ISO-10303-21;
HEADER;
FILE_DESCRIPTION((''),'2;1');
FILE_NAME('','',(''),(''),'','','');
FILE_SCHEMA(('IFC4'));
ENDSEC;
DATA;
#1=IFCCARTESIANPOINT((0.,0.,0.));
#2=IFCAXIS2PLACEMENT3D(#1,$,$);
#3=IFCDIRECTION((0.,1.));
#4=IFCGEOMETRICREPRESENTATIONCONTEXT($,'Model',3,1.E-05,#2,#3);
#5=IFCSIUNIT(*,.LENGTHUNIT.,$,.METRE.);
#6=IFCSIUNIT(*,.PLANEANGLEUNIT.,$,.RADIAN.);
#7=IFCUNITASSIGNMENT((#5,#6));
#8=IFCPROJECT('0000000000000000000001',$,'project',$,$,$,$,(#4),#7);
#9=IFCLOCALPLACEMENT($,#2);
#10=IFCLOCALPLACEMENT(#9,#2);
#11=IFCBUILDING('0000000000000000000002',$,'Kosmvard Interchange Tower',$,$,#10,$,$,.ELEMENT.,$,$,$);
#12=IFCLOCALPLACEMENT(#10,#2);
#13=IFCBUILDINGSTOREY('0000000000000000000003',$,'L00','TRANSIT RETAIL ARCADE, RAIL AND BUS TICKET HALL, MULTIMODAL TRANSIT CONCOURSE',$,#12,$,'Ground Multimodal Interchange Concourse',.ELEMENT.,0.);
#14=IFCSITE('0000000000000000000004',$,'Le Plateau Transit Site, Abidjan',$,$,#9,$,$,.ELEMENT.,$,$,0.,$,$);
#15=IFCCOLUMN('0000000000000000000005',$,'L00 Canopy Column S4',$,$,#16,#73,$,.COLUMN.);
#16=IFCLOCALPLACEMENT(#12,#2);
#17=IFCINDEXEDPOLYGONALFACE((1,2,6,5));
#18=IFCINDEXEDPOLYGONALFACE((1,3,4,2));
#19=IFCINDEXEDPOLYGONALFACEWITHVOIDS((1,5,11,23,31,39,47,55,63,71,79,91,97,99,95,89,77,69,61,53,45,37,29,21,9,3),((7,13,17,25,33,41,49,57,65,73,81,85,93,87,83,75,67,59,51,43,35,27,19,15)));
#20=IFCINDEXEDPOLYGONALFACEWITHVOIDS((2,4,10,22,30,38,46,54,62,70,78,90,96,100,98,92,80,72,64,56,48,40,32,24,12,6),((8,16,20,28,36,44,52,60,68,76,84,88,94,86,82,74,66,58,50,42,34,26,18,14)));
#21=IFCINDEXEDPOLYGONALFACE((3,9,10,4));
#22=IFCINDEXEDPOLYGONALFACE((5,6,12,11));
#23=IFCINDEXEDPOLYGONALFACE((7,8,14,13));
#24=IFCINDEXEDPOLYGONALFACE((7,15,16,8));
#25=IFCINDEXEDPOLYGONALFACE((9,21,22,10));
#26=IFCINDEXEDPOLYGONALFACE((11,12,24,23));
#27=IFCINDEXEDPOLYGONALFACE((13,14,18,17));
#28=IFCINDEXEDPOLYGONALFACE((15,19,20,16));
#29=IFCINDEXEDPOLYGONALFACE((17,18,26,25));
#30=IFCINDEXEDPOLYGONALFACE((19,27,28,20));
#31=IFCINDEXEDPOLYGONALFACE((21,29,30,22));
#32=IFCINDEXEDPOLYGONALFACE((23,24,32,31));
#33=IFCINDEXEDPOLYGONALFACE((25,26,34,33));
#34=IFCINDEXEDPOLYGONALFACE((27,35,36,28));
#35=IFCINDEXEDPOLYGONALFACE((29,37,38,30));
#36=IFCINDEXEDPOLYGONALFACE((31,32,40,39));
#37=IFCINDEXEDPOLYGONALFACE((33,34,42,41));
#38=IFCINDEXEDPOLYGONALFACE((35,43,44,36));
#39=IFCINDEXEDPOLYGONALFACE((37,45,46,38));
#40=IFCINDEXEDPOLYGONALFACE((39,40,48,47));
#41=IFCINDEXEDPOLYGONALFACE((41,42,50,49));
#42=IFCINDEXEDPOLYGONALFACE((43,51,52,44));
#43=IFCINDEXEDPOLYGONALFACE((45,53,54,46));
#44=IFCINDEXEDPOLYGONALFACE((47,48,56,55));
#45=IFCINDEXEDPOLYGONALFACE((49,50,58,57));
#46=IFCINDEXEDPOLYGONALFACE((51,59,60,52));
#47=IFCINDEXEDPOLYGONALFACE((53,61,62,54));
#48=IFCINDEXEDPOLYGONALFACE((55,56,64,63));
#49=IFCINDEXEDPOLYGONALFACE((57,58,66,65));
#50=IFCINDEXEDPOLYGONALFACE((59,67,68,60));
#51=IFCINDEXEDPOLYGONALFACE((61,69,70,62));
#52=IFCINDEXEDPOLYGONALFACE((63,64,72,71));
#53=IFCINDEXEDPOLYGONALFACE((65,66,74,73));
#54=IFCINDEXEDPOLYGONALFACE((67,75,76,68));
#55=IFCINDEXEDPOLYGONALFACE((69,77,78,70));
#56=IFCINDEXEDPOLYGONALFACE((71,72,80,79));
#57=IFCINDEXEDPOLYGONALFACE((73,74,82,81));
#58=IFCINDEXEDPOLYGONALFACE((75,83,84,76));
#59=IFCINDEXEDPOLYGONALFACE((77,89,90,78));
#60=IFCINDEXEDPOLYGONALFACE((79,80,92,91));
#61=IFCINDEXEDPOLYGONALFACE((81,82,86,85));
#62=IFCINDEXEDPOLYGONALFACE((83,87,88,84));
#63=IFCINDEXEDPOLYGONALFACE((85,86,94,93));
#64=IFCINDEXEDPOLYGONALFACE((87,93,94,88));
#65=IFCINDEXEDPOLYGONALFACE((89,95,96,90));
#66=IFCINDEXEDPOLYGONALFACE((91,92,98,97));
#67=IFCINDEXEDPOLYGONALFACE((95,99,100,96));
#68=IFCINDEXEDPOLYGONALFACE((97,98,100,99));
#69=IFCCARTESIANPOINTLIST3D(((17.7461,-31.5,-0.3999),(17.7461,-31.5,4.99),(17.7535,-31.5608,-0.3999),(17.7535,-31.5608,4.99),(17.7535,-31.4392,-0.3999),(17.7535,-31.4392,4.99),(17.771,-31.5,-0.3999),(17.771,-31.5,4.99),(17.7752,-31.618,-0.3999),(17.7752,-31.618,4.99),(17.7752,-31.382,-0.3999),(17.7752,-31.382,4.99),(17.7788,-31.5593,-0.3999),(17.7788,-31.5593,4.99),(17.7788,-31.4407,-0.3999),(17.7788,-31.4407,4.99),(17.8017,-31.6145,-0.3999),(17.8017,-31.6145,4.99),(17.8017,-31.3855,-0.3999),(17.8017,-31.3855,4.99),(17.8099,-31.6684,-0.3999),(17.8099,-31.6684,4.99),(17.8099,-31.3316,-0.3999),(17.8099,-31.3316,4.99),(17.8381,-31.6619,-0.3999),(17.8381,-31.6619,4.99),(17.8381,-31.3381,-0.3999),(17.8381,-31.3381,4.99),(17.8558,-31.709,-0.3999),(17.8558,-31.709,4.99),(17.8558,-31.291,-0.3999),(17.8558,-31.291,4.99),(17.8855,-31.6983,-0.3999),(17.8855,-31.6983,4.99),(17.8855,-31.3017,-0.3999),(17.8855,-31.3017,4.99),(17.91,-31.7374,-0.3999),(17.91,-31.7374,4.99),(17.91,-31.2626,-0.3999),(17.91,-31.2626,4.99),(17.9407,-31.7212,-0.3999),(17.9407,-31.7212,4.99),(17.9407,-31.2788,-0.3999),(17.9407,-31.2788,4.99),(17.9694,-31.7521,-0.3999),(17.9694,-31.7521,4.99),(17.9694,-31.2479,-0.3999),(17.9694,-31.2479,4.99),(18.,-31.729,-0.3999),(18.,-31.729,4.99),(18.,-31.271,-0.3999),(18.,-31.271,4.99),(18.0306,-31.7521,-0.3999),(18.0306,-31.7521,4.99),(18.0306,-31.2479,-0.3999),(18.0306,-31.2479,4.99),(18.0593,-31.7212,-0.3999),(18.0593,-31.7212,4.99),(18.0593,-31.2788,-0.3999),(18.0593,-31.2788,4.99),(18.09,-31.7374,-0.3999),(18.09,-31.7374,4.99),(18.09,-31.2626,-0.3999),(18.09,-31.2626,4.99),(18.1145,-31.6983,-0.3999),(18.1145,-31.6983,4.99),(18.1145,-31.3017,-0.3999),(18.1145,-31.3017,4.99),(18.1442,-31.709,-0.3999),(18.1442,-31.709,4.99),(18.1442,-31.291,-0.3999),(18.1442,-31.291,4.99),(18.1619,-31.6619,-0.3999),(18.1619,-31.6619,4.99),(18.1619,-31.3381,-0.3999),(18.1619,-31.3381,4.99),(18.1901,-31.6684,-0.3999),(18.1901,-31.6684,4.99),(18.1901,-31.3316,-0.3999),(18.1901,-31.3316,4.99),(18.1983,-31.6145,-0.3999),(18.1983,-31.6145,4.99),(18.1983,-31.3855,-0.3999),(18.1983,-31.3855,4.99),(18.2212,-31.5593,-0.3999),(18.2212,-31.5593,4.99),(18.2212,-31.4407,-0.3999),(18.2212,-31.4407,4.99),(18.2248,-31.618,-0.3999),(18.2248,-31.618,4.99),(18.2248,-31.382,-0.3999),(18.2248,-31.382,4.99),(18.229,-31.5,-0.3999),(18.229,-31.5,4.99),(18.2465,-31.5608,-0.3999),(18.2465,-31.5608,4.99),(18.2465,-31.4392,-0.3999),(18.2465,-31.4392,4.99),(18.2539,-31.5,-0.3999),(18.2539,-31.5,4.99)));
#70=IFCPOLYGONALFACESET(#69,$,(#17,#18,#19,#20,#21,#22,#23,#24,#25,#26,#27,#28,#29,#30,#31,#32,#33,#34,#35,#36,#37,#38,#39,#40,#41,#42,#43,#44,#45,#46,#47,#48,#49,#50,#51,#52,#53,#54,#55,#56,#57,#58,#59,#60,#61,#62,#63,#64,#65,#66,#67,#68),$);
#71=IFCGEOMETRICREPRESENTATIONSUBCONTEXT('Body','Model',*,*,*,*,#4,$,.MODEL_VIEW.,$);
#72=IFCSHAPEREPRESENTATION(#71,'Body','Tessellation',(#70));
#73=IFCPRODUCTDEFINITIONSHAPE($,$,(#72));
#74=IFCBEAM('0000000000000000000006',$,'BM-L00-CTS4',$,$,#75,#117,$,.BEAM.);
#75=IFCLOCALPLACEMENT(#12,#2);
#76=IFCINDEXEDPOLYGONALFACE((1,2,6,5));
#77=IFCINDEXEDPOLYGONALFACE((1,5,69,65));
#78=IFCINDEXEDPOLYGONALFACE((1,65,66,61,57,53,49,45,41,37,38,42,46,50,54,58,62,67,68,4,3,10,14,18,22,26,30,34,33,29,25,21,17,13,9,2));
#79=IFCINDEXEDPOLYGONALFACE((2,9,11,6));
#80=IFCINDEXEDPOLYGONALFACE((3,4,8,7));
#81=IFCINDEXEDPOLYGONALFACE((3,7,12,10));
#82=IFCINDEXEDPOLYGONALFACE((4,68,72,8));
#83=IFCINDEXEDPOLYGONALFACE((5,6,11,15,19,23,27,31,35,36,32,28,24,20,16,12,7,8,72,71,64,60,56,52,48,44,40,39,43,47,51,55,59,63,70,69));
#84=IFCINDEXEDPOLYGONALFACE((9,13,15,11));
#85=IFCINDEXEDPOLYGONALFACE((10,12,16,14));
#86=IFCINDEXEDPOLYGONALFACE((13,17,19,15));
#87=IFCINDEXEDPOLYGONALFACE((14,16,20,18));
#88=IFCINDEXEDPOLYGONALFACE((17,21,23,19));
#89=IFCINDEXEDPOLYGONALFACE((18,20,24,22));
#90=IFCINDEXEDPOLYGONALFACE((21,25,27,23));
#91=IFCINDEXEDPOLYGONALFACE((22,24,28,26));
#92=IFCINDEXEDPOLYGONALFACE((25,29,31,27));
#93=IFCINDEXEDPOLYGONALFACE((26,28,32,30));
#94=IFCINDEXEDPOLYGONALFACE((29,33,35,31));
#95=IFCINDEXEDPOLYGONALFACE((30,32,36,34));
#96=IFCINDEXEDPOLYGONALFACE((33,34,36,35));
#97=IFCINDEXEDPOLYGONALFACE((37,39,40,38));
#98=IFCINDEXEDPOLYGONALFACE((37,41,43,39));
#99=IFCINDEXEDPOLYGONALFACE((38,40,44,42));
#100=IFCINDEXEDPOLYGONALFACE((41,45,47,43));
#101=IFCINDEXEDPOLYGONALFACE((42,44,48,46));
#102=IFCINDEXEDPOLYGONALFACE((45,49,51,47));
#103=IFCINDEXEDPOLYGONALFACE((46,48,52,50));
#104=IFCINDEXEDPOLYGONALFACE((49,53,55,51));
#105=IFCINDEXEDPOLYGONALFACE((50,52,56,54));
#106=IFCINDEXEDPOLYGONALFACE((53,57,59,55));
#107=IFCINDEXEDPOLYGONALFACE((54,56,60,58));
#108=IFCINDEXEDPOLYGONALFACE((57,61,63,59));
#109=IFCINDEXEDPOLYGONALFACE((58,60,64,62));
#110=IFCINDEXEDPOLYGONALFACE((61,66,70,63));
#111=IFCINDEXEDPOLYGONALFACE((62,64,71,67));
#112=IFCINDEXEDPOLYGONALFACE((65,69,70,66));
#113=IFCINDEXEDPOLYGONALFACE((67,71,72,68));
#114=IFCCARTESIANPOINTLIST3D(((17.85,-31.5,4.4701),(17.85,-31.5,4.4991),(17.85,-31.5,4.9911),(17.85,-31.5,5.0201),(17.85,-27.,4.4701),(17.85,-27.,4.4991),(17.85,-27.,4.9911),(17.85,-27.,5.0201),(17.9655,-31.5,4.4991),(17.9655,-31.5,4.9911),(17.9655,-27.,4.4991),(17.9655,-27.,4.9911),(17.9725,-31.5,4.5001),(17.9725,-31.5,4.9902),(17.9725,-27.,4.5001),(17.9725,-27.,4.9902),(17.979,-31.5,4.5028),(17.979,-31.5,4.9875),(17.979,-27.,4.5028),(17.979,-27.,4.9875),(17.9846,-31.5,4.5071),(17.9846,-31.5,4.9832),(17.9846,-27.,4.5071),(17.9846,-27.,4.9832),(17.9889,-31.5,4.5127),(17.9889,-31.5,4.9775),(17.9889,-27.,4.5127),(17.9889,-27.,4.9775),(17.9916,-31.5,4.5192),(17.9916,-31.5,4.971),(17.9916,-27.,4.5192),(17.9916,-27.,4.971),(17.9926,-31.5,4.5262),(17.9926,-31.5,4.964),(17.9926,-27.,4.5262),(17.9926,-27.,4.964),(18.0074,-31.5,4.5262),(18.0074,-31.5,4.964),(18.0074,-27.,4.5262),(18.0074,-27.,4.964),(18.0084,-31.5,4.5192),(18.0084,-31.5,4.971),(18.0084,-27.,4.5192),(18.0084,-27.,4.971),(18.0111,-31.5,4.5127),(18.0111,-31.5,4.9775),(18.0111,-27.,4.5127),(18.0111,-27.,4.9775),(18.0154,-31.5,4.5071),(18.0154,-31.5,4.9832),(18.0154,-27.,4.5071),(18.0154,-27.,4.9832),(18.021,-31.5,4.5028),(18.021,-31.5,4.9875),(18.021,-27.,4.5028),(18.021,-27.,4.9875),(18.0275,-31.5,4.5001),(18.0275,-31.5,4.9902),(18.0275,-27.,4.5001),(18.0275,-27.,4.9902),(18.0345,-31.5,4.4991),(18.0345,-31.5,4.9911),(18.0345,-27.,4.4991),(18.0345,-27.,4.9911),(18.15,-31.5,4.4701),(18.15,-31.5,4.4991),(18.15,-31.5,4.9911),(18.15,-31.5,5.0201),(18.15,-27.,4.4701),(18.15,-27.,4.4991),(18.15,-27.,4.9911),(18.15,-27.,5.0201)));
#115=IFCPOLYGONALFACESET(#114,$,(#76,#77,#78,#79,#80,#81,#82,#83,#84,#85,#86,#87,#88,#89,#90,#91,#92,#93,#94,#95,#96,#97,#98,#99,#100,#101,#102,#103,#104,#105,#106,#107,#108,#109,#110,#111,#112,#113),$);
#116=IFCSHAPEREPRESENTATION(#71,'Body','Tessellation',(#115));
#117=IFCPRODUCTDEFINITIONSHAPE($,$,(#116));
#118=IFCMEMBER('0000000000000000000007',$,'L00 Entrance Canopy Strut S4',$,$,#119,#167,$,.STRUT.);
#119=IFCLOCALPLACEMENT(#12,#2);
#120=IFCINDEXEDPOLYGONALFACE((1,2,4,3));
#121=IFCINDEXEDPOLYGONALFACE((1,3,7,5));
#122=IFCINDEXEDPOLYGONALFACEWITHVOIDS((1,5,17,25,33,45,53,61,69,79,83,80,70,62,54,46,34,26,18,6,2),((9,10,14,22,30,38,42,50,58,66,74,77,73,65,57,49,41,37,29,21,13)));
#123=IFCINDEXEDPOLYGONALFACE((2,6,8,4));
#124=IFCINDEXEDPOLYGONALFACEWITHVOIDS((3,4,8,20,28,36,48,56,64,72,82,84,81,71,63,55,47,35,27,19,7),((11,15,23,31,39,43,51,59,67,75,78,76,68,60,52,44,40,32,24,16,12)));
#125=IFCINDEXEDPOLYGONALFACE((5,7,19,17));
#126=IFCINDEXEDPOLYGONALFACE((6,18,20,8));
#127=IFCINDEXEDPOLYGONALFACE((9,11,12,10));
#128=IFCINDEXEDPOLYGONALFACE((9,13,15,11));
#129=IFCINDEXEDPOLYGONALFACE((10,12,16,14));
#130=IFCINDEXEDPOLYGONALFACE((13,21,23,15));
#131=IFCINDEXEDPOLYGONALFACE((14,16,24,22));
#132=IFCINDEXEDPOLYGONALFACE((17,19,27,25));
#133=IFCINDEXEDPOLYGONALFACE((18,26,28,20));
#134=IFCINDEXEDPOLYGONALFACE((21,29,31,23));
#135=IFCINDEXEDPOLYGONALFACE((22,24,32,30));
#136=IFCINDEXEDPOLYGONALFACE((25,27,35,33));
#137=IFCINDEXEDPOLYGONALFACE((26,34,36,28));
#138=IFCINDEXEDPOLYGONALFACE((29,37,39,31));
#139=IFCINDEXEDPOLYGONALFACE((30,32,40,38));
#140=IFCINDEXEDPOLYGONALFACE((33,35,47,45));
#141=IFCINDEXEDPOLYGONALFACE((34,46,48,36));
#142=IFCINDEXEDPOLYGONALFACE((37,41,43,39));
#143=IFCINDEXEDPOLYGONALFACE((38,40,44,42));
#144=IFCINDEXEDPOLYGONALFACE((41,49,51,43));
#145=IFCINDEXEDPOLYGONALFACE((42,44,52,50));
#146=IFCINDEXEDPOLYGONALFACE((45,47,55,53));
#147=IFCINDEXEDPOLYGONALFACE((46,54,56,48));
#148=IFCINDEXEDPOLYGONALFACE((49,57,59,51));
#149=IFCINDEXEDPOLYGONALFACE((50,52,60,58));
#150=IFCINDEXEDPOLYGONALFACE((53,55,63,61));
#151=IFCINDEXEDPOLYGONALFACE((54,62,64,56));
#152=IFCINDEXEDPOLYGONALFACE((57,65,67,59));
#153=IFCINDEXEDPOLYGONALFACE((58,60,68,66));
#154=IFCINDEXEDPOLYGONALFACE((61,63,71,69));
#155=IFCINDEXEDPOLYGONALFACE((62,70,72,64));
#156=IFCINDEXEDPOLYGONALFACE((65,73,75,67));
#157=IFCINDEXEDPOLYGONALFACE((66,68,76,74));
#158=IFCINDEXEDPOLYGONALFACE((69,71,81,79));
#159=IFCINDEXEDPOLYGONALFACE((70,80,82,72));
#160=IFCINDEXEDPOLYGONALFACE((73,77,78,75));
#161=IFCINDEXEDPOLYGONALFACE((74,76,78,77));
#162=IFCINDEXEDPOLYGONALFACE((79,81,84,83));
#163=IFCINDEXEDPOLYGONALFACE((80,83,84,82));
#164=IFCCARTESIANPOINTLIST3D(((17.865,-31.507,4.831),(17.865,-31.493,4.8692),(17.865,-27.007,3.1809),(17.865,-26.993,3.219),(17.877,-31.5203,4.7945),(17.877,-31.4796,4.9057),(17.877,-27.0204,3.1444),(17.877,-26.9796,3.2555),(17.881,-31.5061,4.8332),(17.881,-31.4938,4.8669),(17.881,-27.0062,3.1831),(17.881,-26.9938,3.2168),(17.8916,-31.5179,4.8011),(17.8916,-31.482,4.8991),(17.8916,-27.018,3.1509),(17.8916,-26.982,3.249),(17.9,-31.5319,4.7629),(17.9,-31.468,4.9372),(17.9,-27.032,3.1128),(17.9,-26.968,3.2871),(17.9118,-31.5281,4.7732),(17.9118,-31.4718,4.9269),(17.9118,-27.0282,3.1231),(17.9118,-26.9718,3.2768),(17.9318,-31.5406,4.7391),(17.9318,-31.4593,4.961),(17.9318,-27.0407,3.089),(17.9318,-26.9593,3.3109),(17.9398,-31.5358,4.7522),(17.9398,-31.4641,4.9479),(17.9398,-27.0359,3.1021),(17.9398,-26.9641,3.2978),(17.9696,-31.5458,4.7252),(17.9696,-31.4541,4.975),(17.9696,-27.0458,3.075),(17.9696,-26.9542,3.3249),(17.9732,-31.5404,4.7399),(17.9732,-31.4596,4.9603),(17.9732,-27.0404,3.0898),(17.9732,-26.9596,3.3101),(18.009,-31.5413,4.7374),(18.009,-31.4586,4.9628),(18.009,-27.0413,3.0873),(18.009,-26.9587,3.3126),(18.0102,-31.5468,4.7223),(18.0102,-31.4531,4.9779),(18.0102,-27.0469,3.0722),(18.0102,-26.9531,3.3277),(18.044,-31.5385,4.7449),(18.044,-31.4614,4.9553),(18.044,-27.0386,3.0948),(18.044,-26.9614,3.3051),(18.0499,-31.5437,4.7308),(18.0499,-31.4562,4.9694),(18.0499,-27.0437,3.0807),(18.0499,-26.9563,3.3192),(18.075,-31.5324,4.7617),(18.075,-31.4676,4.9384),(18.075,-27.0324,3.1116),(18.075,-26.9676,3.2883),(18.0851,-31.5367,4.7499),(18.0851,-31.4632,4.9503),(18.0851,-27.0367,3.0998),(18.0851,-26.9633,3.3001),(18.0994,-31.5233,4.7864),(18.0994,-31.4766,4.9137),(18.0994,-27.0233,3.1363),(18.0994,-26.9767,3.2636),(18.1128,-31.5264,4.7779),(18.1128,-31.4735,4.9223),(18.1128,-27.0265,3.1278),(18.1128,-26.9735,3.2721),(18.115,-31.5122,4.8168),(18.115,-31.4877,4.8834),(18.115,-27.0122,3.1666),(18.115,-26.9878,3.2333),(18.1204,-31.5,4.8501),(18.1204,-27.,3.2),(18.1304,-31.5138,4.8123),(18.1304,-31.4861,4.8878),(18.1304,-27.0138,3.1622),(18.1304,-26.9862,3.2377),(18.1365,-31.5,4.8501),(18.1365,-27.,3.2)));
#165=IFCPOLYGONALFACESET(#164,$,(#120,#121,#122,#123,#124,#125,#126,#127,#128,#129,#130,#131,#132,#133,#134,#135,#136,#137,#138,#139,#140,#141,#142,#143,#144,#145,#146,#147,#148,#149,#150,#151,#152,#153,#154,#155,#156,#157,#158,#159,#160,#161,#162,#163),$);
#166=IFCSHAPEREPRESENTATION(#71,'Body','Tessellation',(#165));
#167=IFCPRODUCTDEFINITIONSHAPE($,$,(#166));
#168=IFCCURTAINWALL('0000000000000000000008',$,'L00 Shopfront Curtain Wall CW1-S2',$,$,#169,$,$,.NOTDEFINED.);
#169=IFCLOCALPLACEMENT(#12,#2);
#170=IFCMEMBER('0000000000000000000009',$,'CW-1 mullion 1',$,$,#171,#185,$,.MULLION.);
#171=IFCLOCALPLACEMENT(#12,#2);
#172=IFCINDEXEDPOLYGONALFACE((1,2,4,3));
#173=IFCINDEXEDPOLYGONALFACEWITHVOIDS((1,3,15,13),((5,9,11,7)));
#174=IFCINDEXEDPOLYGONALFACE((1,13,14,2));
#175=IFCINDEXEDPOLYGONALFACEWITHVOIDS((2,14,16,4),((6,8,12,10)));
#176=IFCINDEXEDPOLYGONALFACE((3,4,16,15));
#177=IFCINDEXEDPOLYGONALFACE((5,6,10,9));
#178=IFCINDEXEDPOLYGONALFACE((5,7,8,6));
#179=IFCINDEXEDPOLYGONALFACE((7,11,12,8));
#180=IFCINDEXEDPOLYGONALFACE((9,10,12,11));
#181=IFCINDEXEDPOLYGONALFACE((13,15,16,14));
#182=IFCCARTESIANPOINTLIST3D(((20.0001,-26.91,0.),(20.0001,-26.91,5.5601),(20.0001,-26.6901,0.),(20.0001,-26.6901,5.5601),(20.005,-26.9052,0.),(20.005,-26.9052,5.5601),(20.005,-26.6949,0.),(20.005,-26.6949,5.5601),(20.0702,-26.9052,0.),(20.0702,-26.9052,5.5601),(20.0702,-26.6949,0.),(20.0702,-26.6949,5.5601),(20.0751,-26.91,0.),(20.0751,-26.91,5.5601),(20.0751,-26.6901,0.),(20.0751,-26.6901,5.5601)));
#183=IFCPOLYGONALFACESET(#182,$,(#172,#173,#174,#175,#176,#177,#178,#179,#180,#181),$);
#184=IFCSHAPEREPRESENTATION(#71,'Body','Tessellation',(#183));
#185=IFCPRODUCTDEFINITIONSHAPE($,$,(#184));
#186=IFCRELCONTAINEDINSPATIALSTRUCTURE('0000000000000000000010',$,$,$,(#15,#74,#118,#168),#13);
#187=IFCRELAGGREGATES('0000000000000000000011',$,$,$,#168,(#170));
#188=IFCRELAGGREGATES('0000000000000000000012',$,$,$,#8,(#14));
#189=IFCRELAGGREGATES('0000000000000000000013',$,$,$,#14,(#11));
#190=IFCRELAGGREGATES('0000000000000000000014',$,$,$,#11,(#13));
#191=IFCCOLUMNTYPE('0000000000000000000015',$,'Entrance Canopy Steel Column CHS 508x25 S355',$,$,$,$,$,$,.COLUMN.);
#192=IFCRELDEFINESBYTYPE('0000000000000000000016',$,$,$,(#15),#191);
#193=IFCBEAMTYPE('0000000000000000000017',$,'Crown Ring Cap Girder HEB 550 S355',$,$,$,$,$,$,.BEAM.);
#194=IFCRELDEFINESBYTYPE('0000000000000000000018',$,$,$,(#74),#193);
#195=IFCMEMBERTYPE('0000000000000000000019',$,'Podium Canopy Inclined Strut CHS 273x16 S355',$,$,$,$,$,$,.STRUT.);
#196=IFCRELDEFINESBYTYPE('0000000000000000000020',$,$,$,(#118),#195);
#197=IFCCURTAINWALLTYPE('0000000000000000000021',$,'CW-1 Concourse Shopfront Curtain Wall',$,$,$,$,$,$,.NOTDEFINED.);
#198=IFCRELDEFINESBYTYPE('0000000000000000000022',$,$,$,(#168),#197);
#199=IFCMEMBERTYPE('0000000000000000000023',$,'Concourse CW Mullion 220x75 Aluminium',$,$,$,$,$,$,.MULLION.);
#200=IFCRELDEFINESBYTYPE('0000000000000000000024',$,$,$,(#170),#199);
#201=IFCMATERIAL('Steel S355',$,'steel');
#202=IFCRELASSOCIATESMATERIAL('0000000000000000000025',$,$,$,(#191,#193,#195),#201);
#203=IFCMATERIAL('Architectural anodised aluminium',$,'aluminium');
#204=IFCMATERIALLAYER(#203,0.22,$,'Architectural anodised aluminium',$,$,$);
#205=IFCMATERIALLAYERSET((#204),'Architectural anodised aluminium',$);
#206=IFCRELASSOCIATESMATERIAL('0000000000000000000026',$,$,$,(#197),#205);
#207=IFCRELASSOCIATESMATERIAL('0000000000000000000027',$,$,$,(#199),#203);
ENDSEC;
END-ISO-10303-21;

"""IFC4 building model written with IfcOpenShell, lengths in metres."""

from ifc_helpers import new_model, si_unit, direction, frame, origin, origin_2d, place, context, subcontext, project, spatial, hollow_rectangle, hollow_circle, i_section, extrude, source, transform, mapped, material, layer, layer_set, material_profile, profile_set, type_object, element, aggregate, save


model = new_model("IFC4")

# Units and contexts
model_context = context("Model", 3, precision=1e-05, world=origin(), true_north=direction((0.0, 1.0)))
body_context = subcontext(model_context, "Body", "Model", "MODEL_VIEW")
ifc_project = project(units=[si_unit("LENGTHUNIT", "METRE"), si_unit("PLANEANGLEUNIT", "RADIAN")], contexts=[model_context])

# Site, building, storey
site_placement = place(None, origin())
site = spatial("IfcSite", under=ifc_project, at=site_placement, Name="Le Plateau Transit Site, Abidjan", CompositionType="ELEMENT", RefElevation=0.0)
building_placement = place(site_placement, origin())
building = spatial("IfcBuilding", under=site, at=building_placement, Name="Kosmvard Interchange Tower", CompositionType="ELEMENT")
storey_placement = place(building_placement, origin())
storey = spatial("IfcBuildingStorey", under=building, at=storey_placement, Name="L00", Description="TRANSIT RETAIL ARCADE, RAIL AND BUS TICKET HALL, MULTIMODAL TRANSIT CONCOURSE", LongName="Ground Multimodal Interchange Concourse", CompositionType="ELEMENT", Elevation=0.0)

# Column
ifc_material_1 = material(Name="Steel S355", Category="steel")
ifc_material_profile_1 = material_profile(ifc_material_1, hollow_circle(Radius=0.2539, WallThickness=0.0249, at=origin_2d()), Name="CHS 508x25")
ifc_profile_set_1 = profile_set([ifc_material_profile_1], Name="Steel S355")
column_type = type_object("IfcColumnType", Name="Entrance Canopy Steel Column CHS 508x25 S355", PredefinedType="COLUMN", material=ifc_profile_set_1)
shared_shape_1 = source(origin(), body_context, "Body", "SweptSolid", [
    extrude(hollow_circle(Radius=0.2539, WallThickness=0.0249, at=origin_2d()), origin(), (0.0, 0.0, 1.0), 5.3899),
])
column_placement = place(storey_placement, frame((18.0, -31.5, -0.3999), z_axis=(0.0, 0.0, 1.0), x_axis=(1.0, 0.0, 0.0)))
element("IfcColumn", 1, at=column_placement, inside=storey, type_object=column_type, Name="L00 Canopy Column S4", PredefinedType="COLUMN", context=body_context, shape_type="MappedRepresentation", body=[
    mapped(shared_shape_1, transform((0.0, 0.0, 0.0), scale=1.0)),
])

# Beam
ifc_material_profile_2 = material_profile(ifc_material_1, i_section(OverallWidth=0.3, OverallDepth=0.55, WebThickness=0.0149, FlangeThickness=0.0291, FilletRadius=0.0271, at=origin_2d()), Name="HEB 550")
ifc_profile_set_2 = profile_set([ifc_material_profile_2], Name="Steel S355")
beam_type = type_object("IfcBeamType", Name="Crown Ring Cap Girder HEB 550 S355", PredefinedType="BEAM", material=ifc_profile_set_2)
shared_shape_2 = source(origin(), body_context, "Body", "SweptSolid", [
    extrude(i_section(OverallWidth=0.3, OverallDepth=0.55, WebThickness=0.0149, FlangeThickness=0.0291, FilletRadius=0.0271, at=origin_2d()), origin(), (0.0, 0.0, 1.0), 4.5),
])
beam_placement = place(storey_placement, frame((18.0, -27.0, 4.7451), z_axis=(0.0, -1.0, 0.0), x_axis=(1.0, 0.0, 0.0)))
element("IfcBeam", 2, at=beam_placement, inside=storey, type_object=beam_type, Name="BM-L00-CTS4", PredefinedType="BEAM", context=body_context, shape_type="MappedRepresentation", body=[
    mapped(shared_shape_2, transform((0.0, 0.0, 0.0), scale=1.0)),
])

# Member
ifc_material_profile_3 = material_profile(ifc_material_1, hollow_circle(Radius=0.1365, WallThickness=0.0161, at=origin_2d()), Name="CHS 273x16")
ifc_profile_set_3 = profile_set([ifc_material_profile_3], Name="Steel S355")
member_type_1 = type_object("IfcMemberType", Name="Podium Canopy Inclined Strut CHS 273x16 S355", PredefinedType="STRUT", material=ifc_profile_set_3)
shared_shape_3 = source(origin(), body_context, "Body", "SweptSolid", [
    extrude(hollow_circle(Radius=0.1365, WallThickness=0.0161, at=origin_2d()), origin(), (0.0, 0.0, 1.0), 4.793),
])
member_1_placement = place(storey_placement, frame((18.0, -27.0, 3.2), z_axis=(0.0, -0.938866, 0.344282), x_axis=(1.0, 0.0, 0.0)))
element("IfcMember", 3, at=member_1_placement, inside=storey, type_object=member_type_1, Name="L00 Entrance Canopy Strut S4", PredefinedType="STRUT", context=body_context, shape_type="MappedRepresentation", body=[
    mapped(shared_shape_3, transform((0.0, 0.0, 0.0), scale=1.0)),
])

# Curtain wall, member
ifc_material_2 = material(Name="Architectural anodised aluminium", Category="aluminium")
ifc_layer_1 = layer(ifc_material_2, 0.22, Name="Architectural anodised aluminium")
ifc_layer_set_1 = layer_set([ifc_layer_1], Name="Architectural anodised aluminium")
curtain_wall_type = type_object("IfcCurtainWallType", Name="CW-1 Concourse Shopfront Curtain Wall", PredefinedType="NOTDEFINED", material=ifc_layer_set_1)
curtain_wall_placement = place(storey_placement, origin())
curtain_wall = element("IfcCurtainWall", 4, at=curtain_wall_placement, inside=storey, type_object=curtain_wall_type, Name="L00 Shopfront Curtain Wall CW1-S2", PredefinedType="NOTDEFINED")
ifc_material_profile_4 = material_profile(ifc_material_2, hollow_rectangle(XDim=0.22, YDim=0.075, WallThickness=0.0049, at=origin_2d()), Name="CWM 220x75x5")
ifc_profile_set_4 = profile_set([ifc_material_profile_4], Name="Architectural anodised aluminium")
member_type_2 = type_object("IfcMemberType", Name="Concourse CW Mullion 220x75 Aluminium", PredefinedType="MULLION", material=ifc_profile_set_4)
shared_shape_4 = source(origin(), body_context, "Body", "SweptSolid", [
    extrude(hollow_rectangle(XDim=0.22, YDim=0.075, WallThickness=0.0049, at=origin_2d()), origin(), (0.0, 0.0, 1.0), 5.5601),
])
member_2_placement = place(storey_placement, frame((20.0376, -26.8, 0.0), z_axis=(0.0, 0.0, 1.0), x_axis=(0.0, 1.0, 0.0)))
member_2 = element("IfcMember", 5, at=member_2_placement, type_object=member_type_2, Name="CW-1 mullion 1", PredefinedType="MULLION", context=body_context, shape_type="MappedRepresentation", body=[
    mapped(shared_shape_4, transform((0.0, 0.0, 0.0), scale=1.0)),
])

aggregate(curtain_wall, [member_2])

save(model, "model.ifc")
